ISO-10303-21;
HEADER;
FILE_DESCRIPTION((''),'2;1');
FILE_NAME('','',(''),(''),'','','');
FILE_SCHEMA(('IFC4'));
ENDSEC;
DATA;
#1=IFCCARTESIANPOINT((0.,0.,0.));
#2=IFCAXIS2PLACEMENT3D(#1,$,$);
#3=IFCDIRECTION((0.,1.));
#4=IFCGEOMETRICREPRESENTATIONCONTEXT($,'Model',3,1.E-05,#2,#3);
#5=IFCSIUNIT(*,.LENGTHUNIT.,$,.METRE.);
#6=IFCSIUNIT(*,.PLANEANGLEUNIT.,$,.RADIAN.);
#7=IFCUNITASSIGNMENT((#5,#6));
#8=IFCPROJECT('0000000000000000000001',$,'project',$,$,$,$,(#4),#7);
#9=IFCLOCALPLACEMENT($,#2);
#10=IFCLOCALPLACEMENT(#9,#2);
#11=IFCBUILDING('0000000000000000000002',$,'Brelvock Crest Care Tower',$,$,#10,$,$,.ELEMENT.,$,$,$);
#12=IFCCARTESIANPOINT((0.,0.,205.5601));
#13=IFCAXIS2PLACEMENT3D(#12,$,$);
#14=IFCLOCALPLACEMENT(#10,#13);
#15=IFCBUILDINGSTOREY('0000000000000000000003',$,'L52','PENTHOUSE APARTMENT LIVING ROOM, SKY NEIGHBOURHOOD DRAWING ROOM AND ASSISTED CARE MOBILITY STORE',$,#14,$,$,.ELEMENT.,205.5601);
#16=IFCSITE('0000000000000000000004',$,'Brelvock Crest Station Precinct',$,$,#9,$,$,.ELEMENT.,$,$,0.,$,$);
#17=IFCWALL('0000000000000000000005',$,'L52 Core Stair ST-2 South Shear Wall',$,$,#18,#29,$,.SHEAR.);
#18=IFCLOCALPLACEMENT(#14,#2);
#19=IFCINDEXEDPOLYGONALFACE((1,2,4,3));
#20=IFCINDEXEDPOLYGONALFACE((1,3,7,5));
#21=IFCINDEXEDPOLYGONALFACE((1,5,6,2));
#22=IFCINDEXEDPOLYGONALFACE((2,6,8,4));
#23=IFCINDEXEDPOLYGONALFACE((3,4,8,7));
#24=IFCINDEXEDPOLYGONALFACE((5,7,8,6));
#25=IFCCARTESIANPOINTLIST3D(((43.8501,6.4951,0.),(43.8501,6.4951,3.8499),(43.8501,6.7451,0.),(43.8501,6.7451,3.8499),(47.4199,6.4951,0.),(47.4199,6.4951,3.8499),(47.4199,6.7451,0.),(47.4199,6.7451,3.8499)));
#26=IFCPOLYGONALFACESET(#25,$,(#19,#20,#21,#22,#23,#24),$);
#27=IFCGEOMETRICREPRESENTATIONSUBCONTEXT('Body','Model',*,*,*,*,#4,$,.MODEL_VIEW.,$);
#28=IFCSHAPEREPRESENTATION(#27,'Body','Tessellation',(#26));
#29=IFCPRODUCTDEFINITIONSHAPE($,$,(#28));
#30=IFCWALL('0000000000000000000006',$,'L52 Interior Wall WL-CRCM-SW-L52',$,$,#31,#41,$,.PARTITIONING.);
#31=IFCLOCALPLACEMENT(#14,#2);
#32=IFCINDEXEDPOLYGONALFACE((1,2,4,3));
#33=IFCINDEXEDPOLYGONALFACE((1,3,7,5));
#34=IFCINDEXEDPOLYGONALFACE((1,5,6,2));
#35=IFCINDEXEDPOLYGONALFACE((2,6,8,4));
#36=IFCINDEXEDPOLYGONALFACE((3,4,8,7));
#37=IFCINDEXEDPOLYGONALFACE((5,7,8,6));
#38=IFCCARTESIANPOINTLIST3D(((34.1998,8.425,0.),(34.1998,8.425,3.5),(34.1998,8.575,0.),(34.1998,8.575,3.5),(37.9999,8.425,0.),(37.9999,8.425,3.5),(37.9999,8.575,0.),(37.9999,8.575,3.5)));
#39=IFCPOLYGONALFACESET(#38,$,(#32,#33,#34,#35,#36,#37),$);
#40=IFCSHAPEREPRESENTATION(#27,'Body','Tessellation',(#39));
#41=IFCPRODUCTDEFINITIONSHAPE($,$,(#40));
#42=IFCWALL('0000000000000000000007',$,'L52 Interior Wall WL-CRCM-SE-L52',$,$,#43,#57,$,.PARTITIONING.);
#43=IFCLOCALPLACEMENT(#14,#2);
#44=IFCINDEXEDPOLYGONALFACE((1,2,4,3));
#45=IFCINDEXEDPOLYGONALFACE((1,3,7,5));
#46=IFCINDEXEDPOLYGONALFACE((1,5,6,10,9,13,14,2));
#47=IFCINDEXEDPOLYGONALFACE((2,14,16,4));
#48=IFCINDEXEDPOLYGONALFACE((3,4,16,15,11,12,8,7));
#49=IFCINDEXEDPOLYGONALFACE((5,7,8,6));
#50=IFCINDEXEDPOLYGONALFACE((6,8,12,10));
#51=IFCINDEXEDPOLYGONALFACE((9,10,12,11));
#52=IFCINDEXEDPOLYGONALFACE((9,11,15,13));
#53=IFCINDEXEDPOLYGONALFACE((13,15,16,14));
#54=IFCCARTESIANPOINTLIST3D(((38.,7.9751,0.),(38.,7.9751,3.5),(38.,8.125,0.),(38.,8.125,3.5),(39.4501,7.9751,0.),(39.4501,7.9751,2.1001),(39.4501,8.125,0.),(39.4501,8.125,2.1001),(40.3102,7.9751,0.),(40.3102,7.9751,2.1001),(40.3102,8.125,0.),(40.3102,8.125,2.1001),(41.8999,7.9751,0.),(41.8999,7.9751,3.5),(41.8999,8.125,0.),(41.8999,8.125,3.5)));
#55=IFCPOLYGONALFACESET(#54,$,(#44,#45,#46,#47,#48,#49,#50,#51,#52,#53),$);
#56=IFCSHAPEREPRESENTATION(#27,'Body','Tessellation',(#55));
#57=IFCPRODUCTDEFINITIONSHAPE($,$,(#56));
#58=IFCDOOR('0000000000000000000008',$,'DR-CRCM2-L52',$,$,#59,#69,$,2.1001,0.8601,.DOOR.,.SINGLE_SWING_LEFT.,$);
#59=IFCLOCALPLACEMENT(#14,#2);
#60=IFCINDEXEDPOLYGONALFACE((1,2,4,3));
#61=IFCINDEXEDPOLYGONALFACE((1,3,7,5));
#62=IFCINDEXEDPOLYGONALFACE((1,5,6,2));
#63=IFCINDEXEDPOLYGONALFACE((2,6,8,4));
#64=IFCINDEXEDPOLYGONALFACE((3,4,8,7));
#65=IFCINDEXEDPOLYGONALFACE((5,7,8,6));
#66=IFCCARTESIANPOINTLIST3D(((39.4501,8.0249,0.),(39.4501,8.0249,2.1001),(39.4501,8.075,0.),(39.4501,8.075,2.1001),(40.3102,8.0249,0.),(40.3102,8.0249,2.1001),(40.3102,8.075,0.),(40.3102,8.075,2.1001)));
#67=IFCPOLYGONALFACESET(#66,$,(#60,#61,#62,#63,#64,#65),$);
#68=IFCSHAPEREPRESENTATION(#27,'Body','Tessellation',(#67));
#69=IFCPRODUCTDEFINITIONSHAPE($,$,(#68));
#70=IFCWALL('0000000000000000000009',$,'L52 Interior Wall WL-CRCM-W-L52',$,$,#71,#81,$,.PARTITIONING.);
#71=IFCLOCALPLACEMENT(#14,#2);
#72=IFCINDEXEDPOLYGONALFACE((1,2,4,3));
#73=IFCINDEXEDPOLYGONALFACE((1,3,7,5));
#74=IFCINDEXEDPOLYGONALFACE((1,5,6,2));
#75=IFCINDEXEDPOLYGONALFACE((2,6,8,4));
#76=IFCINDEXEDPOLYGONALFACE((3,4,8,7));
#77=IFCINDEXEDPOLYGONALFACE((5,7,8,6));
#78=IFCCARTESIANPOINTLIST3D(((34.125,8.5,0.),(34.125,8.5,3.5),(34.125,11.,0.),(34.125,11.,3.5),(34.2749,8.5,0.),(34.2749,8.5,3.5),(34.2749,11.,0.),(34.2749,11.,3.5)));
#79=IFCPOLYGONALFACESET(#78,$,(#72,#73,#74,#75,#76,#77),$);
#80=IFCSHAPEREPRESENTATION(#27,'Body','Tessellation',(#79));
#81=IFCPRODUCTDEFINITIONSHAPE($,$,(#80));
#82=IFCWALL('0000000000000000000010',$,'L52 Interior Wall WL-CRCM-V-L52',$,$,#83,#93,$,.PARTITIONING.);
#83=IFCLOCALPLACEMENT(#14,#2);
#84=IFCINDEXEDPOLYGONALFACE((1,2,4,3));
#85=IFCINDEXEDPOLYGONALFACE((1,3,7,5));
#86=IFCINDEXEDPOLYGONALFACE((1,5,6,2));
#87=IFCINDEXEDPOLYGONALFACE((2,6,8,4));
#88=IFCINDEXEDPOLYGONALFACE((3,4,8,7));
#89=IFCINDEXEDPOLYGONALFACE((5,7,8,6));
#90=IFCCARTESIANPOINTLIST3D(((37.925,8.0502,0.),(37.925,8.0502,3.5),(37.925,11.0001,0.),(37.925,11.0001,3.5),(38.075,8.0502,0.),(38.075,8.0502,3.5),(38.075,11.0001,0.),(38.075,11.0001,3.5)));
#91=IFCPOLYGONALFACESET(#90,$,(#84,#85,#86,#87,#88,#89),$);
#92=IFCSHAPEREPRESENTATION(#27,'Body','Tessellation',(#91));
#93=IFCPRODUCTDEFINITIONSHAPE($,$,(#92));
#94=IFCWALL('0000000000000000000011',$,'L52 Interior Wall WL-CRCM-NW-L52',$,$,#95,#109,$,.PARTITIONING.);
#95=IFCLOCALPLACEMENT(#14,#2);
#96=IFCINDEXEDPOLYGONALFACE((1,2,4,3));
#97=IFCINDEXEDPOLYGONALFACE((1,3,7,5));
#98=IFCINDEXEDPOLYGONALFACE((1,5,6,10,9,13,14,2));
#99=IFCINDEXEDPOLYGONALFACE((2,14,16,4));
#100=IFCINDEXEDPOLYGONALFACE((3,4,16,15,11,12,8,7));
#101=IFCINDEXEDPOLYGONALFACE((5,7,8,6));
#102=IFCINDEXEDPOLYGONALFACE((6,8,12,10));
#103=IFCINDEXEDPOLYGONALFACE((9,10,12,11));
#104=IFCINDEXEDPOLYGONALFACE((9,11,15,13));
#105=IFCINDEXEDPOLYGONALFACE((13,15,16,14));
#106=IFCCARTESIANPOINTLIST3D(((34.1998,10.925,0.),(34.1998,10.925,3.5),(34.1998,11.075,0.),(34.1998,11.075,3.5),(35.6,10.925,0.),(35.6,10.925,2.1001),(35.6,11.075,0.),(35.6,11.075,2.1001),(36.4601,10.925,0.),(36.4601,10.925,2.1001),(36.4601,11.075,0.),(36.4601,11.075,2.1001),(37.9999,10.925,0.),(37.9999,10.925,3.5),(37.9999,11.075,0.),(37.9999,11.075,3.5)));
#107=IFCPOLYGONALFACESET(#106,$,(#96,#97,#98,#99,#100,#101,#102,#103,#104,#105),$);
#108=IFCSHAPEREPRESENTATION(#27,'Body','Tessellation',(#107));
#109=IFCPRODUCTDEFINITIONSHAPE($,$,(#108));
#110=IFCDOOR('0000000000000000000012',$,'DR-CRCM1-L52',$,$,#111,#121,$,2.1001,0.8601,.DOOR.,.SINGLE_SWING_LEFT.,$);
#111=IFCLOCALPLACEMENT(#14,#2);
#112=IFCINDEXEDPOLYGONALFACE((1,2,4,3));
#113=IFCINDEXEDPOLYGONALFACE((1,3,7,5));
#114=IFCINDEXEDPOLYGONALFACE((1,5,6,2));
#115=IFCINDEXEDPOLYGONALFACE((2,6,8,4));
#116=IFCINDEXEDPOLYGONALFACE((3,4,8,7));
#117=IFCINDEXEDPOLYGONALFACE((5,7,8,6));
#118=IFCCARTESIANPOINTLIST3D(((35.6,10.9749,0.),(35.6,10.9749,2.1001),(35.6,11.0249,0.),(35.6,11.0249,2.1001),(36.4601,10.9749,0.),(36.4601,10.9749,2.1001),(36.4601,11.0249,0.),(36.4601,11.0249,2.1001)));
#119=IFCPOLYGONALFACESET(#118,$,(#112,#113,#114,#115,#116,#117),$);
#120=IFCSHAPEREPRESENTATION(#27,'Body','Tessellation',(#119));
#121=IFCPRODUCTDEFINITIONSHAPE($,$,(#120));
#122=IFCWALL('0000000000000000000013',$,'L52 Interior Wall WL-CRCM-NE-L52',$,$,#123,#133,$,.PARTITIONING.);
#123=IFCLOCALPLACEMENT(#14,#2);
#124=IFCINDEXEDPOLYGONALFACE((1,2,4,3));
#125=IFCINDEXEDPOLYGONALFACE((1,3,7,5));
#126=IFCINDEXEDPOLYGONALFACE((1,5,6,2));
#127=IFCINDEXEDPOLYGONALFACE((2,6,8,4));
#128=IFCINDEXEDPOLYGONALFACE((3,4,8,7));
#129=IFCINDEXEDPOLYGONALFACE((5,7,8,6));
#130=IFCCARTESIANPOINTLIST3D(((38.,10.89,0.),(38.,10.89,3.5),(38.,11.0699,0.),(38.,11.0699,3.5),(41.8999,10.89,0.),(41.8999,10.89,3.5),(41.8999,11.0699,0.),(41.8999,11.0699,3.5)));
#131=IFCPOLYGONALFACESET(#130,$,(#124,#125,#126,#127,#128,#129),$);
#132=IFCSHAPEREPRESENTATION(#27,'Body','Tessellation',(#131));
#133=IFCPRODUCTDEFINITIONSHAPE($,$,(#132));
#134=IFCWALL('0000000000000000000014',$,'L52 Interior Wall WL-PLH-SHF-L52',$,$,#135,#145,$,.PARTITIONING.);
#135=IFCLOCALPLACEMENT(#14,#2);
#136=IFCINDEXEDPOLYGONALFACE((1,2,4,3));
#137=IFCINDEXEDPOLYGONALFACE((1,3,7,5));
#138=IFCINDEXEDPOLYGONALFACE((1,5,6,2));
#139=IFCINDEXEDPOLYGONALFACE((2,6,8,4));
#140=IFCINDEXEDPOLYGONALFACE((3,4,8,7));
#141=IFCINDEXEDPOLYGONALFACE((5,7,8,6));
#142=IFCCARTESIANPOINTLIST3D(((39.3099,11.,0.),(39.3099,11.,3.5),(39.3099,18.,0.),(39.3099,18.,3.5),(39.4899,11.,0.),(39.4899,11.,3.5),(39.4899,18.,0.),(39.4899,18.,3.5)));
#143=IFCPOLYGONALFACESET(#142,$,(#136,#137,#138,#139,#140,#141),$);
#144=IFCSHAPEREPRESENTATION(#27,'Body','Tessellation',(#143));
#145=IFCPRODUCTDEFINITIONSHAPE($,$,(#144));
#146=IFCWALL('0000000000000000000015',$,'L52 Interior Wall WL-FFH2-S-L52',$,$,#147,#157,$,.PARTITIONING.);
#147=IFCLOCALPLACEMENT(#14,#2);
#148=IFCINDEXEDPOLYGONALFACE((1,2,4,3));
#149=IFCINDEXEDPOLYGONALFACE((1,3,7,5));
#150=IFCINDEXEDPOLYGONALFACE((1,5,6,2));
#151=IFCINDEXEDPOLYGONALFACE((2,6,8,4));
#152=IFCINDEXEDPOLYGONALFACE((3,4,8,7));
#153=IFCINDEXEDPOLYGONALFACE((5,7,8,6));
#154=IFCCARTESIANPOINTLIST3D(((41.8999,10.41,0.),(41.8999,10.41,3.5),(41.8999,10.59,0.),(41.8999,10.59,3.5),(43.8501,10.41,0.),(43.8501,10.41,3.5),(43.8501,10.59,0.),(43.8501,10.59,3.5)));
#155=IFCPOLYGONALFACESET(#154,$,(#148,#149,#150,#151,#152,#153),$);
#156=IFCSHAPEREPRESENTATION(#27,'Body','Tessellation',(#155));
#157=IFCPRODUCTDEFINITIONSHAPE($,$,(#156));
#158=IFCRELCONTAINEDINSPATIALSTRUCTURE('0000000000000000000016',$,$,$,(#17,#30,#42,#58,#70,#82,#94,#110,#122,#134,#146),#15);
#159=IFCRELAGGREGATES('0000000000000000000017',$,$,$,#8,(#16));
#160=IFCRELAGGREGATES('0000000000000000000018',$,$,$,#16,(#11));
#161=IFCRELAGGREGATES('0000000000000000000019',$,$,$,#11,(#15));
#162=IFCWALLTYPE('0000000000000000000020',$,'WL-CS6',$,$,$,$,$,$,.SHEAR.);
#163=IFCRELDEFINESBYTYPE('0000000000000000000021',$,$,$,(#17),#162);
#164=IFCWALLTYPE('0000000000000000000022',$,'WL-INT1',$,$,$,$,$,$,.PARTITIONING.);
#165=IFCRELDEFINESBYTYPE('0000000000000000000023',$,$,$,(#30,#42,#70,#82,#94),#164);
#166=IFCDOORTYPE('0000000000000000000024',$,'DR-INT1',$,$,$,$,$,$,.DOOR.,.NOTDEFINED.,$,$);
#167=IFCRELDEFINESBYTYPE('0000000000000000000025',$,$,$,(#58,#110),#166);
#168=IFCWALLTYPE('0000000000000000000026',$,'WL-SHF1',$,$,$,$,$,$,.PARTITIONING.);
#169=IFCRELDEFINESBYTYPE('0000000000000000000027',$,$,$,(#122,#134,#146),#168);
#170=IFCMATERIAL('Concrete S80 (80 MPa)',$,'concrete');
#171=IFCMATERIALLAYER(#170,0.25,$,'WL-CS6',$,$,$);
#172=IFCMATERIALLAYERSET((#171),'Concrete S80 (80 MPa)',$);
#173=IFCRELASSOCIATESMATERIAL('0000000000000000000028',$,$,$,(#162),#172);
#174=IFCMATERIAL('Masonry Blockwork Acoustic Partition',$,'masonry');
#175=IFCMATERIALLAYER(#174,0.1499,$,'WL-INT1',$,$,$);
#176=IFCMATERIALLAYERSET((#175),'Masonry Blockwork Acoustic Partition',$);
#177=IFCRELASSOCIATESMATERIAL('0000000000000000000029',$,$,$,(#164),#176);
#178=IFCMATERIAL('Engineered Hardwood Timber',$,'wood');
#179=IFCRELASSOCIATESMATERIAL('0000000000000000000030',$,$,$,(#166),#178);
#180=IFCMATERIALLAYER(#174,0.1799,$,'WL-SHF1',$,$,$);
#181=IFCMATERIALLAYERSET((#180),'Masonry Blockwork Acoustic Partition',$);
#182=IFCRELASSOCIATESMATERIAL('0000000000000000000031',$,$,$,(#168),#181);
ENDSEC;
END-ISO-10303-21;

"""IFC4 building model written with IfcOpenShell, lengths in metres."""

from ifc_helpers import new_model, si_unit, direction, frame, frame_2d, origin, origin_2d, place, context, subcontext, project, spatial, rectangle, extrude, source, transform, mapped, material, layer, layer_set, type_object, element, fill, save


model = new_model("IFC4")

# Units and contexts
model_context = context("Model", 3, precision=1e-05, world=origin(), true_north=direction((0.0, 1.0)))
body_context = subcontext(model_context, "Body", "Model", "MODEL_VIEW")
ifc_project = project(units=[si_unit("LENGTHUNIT", "METRE"), si_unit("PLANEANGLEUNIT", "RADIAN")], contexts=[model_context])

# Site, building, storey
site_placement = place(None, origin())
site = spatial("IfcSite", under=ifc_project, at=site_placement, Name="Brelvock Crest Station Precinct", CompositionType="ELEMENT", RefElevation=0.0)
building_placement = place(site_placement, origin())
building = spatial("IfcBuilding", under=site, at=building_placement, Name="Brelvock Crest Care Tower", CompositionType="ELEMENT")
storey_placement = place(building_placement, frame((0.0, 0.0, 205.5601)))
storey = spatial("IfcBuildingStorey", under=building, at=storey_placement, Name="L52", Description="PENTHOUSE APARTMENT LIVING ROOM, SKY NEIGHBOURHOOD DRAWING ROOM AND ASSISTED CARE MOBILITY STORE", CompositionType="ELEMENT", Elevation=205.5601)

# Walls
ifc_material_1 = material(Name="Concrete S80 (80 MPa)", Category="concrete")
ifc_layer_1 = layer(ifc_material_1, 0.25, Name="WL-CS6")
ifc_layer_set_1 = layer_set([ifc_layer_1], Name="Concrete S80 (80 MPa)")
wall_type_1 = type_object("IfcWallType", Name="WL-CS6", PredefinedType="SHEAR", material=ifc_layer_set_1)
wall_1_placement = place(storey_placement, frame((43.8501, 6.6201, 0.0), z_axis=(0.0, 0.0, 1.0), x_axis=(1.0, 0.0, 0.0)))
element("IfcWall", 1, at=wall_1_placement, inside=storey, type_object=wall_type_1, Name="L52 Core Stair ST-2 South Shear Wall", PredefinedType="SHEAR", context=body_context, shape_type="SweptSolid", body=[
    extrude(rectangle(XDim=3.5698, YDim=0.25, at=frame_2d((1.7849, 0.0))), origin(), (0.0, 0.0, 1.0), 3.8499),
])
ifc_material_2 = material(Name="Masonry Blockwork Acoustic Partition", Category="masonry")
ifc_layer_2 = layer(ifc_material_2, 0.1499, Name="WL-INT1")
ifc_layer_set_2 = layer_set([ifc_layer_2], Name="Masonry Blockwork Acoustic Partition")
wall_type_2 = type_object("IfcWallType", Name="WL-INT1", PredefinedType="PARTITIONING", material=ifc_layer_set_2)
wall_2_placement = place(storey_placement, frame((34.2, 8.5, 0.0), z_axis=(0.0, 0.0, 1.0), x_axis=(1.0, 0.0, 0.0)))
element("IfcWall", 2, at=wall_2_placement, inside=storey, type_object=wall_type_2, Name="L52 Interior Wall WL-CRCM-SW-L52", PredefinedType="PARTITIONING", context=body_context, shape_type="SweptSolid", body=[
    extrude(rectangle(XDim=3.8, YDim=0.1499, at=frame_2d((1.8999, 0.0))), origin(), (0.0, 0.0, 1.0), 3.5),
])

# Wall, opening, door
wall_3_placement = place(storey_placement, frame((38.0, 8.05, 0.0), z_axis=(0.0, 0.0, 1.0), x_axis=(1.0, 0.0, 0.0)))
wall_3 = element("IfcWall", 3, at=wall_3_placement, inside=storey, type_object=wall_type_2, Name="L52 Interior Wall WL-CRCM-SE-L52", PredefinedType="PARTITIONING", context=body_context, shape_type="SweptSolid", body=[
    extrude(rectangle(XDim=3.8999, YDim=0.1499, at=frame_2d((1.95, 0.0))), origin(), (0.0, 0.0, 1.0), 3.5),
])
opening_1_placement = place(wall_3_placement, frame((1.45, 0.0, 0.0)))
opening_1 = element("IfcOpeningElement", 4, at=opening_1_placement, cuts=wall_3, PredefinedType="OPENING", context=body_context, shape_type="SweptSolid", body=[
    extrude(rectangle(XDim=0.8601, YDim=2.1001, at=origin_2d()), frame((0.4302, 0.085, 1.05), z_axis=(0.0, -1.0, 0.0), x_axis=(1.0, 0.0, 0.0)), (0.0, 0.0, 1.0), 0.1699),
])
ifc_material_3 = material(Name="Engineered Hardwood Timber", Category="wood")
door_type = type_object("IfcDoorType", Name="DR-INT1", OperationType="NOTDEFINED", PredefinedType="DOOR", material=ifc_material_3)
shared_shape_1 = source(origin(), body_context, "Body", "SweptSolid", [
    extrude(rectangle(XDim=0.8601, YDim=2.1001, at=origin_2d()), frame((0.4302, 0.0249, 1.05), z_axis=(0.0, -1.0, 0.0), x_axis=(1.0, 0.0, 0.0)), (0.0, 0.0, 1.0), 0.05),
])
door_1_placement = place(opening_1_placement, origin())
door_1 = element("IfcDoor", 5, at=door_1_placement, inside=storey, type_object=door_type, Name="DR-CRCM2-L52", OperationType="SINGLE_SWING_LEFT", OverallHeight=2.1001, OverallWidth=0.8601, PredefinedType="DOOR", context=body_context, shape_type="MappedRepresentation", body=[
    mapped(shared_shape_1, transform((0.0, 0.0, 0.0), x_axis=(1.0, 0.0, 0.0), y_axis=(0.0, 1.0, 0.0), z_axis=(0.0, 0.0, 1.0), scale=1.0)),
])
fill(opening_1, door_1)

# Walls
wall_4_placement = place(storey_placement, frame((34.2, 8.5, 0.0), z_axis=(0.0, 0.0, 1.0), x_axis=(0.0, 1.0, 0.0)))
element("IfcWall", 6, at=wall_4_placement, inside=storey, type_object=wall_type_2, Name="L52 Interior Wall WL-CRCM-W-L52", PredefinedType="PARTITIONING", context=body_context, shape_type="SweptSolid", body=[
    extrude(rectangle(XDim=2.5, YDim=0.1499, at=frame_2d((1.25, 0.0))), origin(), (0.0, 0.0, 1.0), 3.5),
])
wall_5_placement = place(storey_placement, frame((38.0, 8.05, 0.0), z_axis=(0.0, 0.0, 1.0), x_axis=(0.0, 1.0, 0.0)))
element("IfcWall", 7, at=wall_5_placement, inside=storey, type_object=wall_type_2, Name="L52 Interior Wall WL-CRCM-V-L52", PredefinedType="PARTITIONING", context=body_context, shape_type="SweptSolid", body=[
    extrude(rectangle(XDim=2.95, YDim=0.1499, at=frame_2d((1.4751, 0.0))), origin(), (0.0, 0.0, 1.0), 3.5),
])

# Wall, opening, door
wall_6_placement = place(storey_placement, frame((34.2, 11.0, 0.0), z_axis=(0.0, 0.0, 1.0), x_axis=(1.0, 0.0, 0.0)))
wall_6 = element("IfcWall", 8, at=wall_6_placement, inside=storey, type_object=wall_type_2, Name="L52 Interior Wall WL-CRCM-NW-L52", PredefinedType="PARTITIONING", context=body_context, shape_type="SweptSolid", body=[
    extrude(rectangle(XDim=3.8, YDim=0.1499, at=frame_2d((1.8999, 0.0))), origin(), (0.0, 0.0, 1.0), 3.5),
])
opening_2_placement = place(wall_6_placement, frame((1.3999, 0.0, 0.0)))
opening_2 = element("IfcOpeningElement", 9, at=opening_2_placement, cuts=wall_6, PredefinedType="OPENING", context=body_context, shape_type="SweptSolid", body=[
    extrude(rectangle(XDim=0.8601, YDim=2.1001, at=origin_2d()), frame((0.4302, 0.085, 1.05), z_axis=(0.0, -1.0, 0.0), x_axis=(1.0, 0.0, 0.0)), (0.0, 0.0, 1.0), 0.1699),
])
door_2_placement = place(opening_2_placement, origin())
door_2 = element("IfcDoor", 10, at=door_2_placement, inside=storey, type_object=door_type, Name="DR-CRCM1-L52", OperationType="SINGLE_SWING_LEFT", OverallHeight=2.1001, OverallWidth=0.8601, PredefinedType="DOOR", context=body_context, shape_type="MappedRepresentation", body=[
    mapped(shared_shape_1, transform((0.0, 0.0, 0.0), x_axis=(1.0, 0.0, 0.0), y_axis=(0.0, 1.0, 0.0), z_axis=(0.0, 0.0, 1.0), scale=1.0)),
])
fill(opening_2, door_2)

# Walls
ifc_layer_3 = layer(ifc_material_2, 0.1799, Name="WL-SHF1")
ifc_layer_set_3 = layer_set([ifc_layer_3], Name="Masonry Blockwork Acoustic Partition")
wall_type_3 = type_object("IfcWallType", Name="WL-SHF1", PredefinedType="PARTITIONING", material=ifc_layer_set_3)
wall_7_placement = place(storey_placement, frame((38.0, 10.98, 0.0), z_axis=(0.0, 0.0, 1.0), x_axis=(1.0, 0.0, 0.0)))
element("IfcWall", 11, at=wall_7_placement, inside=storey, type_object=wall_type_3, Name="L52 Interior Wall WL-CRCM-NE-L52", PredefinedType="PARTITIONING", context=body_context, shape_type="SweptSolid", body=[
    extrude(rectangle(XDim=3.8999, YDim=0.1799, at=frame_2d((1.95, 0.0))), origin(), (0.0, 0.0, 1.0), 3.5),
])
wall_8_placement = place(storey_placement, frame((39.3999, 11.0, 0.0), z_axis=(0.0, 0.0, 1.0), x_axis=(0.0, 1.0, 0.0)))
element("IfcWall", 12, at=wall_8_placement, inside=storey, type_object=wall_type_3, Name="L52 Interior Wall WL-PLH-SHF-L52", PredefinedType="PARTITIONING", context=body_context, shape_type="SweptSolid", body=[
    extrude(rectangle(XDim=7.0, YDim=0.1799, at=frame_2d((3.5, 0.0))), origin(), (0.0, 0.0, 1.0), 3.5),
])
wall_9_placement = place(storey_placement, frame((41.8999, 10.5, 0.0), z_axis=(0.0, 0.0, 1.0), x_axis=(1.0, 0.0, 0.0)))
element("IfcWall", 13, at=wall_9_placement, inside=storey, type_object=wall_type_3, Name="L52 Interior Wall WL-FFH2-S-L52", PredefinedType="PARTITIONING", context=body_context, shape_type="SweptSolid", body=[
    extrude(rectangle(XDim=1.9502, YDim=0.1799, at=frame_2d((0.9751, 0.0))), origin(), (0.0, 0.0, 1.0), 3.5),
])

save(model, "model.ifc")
